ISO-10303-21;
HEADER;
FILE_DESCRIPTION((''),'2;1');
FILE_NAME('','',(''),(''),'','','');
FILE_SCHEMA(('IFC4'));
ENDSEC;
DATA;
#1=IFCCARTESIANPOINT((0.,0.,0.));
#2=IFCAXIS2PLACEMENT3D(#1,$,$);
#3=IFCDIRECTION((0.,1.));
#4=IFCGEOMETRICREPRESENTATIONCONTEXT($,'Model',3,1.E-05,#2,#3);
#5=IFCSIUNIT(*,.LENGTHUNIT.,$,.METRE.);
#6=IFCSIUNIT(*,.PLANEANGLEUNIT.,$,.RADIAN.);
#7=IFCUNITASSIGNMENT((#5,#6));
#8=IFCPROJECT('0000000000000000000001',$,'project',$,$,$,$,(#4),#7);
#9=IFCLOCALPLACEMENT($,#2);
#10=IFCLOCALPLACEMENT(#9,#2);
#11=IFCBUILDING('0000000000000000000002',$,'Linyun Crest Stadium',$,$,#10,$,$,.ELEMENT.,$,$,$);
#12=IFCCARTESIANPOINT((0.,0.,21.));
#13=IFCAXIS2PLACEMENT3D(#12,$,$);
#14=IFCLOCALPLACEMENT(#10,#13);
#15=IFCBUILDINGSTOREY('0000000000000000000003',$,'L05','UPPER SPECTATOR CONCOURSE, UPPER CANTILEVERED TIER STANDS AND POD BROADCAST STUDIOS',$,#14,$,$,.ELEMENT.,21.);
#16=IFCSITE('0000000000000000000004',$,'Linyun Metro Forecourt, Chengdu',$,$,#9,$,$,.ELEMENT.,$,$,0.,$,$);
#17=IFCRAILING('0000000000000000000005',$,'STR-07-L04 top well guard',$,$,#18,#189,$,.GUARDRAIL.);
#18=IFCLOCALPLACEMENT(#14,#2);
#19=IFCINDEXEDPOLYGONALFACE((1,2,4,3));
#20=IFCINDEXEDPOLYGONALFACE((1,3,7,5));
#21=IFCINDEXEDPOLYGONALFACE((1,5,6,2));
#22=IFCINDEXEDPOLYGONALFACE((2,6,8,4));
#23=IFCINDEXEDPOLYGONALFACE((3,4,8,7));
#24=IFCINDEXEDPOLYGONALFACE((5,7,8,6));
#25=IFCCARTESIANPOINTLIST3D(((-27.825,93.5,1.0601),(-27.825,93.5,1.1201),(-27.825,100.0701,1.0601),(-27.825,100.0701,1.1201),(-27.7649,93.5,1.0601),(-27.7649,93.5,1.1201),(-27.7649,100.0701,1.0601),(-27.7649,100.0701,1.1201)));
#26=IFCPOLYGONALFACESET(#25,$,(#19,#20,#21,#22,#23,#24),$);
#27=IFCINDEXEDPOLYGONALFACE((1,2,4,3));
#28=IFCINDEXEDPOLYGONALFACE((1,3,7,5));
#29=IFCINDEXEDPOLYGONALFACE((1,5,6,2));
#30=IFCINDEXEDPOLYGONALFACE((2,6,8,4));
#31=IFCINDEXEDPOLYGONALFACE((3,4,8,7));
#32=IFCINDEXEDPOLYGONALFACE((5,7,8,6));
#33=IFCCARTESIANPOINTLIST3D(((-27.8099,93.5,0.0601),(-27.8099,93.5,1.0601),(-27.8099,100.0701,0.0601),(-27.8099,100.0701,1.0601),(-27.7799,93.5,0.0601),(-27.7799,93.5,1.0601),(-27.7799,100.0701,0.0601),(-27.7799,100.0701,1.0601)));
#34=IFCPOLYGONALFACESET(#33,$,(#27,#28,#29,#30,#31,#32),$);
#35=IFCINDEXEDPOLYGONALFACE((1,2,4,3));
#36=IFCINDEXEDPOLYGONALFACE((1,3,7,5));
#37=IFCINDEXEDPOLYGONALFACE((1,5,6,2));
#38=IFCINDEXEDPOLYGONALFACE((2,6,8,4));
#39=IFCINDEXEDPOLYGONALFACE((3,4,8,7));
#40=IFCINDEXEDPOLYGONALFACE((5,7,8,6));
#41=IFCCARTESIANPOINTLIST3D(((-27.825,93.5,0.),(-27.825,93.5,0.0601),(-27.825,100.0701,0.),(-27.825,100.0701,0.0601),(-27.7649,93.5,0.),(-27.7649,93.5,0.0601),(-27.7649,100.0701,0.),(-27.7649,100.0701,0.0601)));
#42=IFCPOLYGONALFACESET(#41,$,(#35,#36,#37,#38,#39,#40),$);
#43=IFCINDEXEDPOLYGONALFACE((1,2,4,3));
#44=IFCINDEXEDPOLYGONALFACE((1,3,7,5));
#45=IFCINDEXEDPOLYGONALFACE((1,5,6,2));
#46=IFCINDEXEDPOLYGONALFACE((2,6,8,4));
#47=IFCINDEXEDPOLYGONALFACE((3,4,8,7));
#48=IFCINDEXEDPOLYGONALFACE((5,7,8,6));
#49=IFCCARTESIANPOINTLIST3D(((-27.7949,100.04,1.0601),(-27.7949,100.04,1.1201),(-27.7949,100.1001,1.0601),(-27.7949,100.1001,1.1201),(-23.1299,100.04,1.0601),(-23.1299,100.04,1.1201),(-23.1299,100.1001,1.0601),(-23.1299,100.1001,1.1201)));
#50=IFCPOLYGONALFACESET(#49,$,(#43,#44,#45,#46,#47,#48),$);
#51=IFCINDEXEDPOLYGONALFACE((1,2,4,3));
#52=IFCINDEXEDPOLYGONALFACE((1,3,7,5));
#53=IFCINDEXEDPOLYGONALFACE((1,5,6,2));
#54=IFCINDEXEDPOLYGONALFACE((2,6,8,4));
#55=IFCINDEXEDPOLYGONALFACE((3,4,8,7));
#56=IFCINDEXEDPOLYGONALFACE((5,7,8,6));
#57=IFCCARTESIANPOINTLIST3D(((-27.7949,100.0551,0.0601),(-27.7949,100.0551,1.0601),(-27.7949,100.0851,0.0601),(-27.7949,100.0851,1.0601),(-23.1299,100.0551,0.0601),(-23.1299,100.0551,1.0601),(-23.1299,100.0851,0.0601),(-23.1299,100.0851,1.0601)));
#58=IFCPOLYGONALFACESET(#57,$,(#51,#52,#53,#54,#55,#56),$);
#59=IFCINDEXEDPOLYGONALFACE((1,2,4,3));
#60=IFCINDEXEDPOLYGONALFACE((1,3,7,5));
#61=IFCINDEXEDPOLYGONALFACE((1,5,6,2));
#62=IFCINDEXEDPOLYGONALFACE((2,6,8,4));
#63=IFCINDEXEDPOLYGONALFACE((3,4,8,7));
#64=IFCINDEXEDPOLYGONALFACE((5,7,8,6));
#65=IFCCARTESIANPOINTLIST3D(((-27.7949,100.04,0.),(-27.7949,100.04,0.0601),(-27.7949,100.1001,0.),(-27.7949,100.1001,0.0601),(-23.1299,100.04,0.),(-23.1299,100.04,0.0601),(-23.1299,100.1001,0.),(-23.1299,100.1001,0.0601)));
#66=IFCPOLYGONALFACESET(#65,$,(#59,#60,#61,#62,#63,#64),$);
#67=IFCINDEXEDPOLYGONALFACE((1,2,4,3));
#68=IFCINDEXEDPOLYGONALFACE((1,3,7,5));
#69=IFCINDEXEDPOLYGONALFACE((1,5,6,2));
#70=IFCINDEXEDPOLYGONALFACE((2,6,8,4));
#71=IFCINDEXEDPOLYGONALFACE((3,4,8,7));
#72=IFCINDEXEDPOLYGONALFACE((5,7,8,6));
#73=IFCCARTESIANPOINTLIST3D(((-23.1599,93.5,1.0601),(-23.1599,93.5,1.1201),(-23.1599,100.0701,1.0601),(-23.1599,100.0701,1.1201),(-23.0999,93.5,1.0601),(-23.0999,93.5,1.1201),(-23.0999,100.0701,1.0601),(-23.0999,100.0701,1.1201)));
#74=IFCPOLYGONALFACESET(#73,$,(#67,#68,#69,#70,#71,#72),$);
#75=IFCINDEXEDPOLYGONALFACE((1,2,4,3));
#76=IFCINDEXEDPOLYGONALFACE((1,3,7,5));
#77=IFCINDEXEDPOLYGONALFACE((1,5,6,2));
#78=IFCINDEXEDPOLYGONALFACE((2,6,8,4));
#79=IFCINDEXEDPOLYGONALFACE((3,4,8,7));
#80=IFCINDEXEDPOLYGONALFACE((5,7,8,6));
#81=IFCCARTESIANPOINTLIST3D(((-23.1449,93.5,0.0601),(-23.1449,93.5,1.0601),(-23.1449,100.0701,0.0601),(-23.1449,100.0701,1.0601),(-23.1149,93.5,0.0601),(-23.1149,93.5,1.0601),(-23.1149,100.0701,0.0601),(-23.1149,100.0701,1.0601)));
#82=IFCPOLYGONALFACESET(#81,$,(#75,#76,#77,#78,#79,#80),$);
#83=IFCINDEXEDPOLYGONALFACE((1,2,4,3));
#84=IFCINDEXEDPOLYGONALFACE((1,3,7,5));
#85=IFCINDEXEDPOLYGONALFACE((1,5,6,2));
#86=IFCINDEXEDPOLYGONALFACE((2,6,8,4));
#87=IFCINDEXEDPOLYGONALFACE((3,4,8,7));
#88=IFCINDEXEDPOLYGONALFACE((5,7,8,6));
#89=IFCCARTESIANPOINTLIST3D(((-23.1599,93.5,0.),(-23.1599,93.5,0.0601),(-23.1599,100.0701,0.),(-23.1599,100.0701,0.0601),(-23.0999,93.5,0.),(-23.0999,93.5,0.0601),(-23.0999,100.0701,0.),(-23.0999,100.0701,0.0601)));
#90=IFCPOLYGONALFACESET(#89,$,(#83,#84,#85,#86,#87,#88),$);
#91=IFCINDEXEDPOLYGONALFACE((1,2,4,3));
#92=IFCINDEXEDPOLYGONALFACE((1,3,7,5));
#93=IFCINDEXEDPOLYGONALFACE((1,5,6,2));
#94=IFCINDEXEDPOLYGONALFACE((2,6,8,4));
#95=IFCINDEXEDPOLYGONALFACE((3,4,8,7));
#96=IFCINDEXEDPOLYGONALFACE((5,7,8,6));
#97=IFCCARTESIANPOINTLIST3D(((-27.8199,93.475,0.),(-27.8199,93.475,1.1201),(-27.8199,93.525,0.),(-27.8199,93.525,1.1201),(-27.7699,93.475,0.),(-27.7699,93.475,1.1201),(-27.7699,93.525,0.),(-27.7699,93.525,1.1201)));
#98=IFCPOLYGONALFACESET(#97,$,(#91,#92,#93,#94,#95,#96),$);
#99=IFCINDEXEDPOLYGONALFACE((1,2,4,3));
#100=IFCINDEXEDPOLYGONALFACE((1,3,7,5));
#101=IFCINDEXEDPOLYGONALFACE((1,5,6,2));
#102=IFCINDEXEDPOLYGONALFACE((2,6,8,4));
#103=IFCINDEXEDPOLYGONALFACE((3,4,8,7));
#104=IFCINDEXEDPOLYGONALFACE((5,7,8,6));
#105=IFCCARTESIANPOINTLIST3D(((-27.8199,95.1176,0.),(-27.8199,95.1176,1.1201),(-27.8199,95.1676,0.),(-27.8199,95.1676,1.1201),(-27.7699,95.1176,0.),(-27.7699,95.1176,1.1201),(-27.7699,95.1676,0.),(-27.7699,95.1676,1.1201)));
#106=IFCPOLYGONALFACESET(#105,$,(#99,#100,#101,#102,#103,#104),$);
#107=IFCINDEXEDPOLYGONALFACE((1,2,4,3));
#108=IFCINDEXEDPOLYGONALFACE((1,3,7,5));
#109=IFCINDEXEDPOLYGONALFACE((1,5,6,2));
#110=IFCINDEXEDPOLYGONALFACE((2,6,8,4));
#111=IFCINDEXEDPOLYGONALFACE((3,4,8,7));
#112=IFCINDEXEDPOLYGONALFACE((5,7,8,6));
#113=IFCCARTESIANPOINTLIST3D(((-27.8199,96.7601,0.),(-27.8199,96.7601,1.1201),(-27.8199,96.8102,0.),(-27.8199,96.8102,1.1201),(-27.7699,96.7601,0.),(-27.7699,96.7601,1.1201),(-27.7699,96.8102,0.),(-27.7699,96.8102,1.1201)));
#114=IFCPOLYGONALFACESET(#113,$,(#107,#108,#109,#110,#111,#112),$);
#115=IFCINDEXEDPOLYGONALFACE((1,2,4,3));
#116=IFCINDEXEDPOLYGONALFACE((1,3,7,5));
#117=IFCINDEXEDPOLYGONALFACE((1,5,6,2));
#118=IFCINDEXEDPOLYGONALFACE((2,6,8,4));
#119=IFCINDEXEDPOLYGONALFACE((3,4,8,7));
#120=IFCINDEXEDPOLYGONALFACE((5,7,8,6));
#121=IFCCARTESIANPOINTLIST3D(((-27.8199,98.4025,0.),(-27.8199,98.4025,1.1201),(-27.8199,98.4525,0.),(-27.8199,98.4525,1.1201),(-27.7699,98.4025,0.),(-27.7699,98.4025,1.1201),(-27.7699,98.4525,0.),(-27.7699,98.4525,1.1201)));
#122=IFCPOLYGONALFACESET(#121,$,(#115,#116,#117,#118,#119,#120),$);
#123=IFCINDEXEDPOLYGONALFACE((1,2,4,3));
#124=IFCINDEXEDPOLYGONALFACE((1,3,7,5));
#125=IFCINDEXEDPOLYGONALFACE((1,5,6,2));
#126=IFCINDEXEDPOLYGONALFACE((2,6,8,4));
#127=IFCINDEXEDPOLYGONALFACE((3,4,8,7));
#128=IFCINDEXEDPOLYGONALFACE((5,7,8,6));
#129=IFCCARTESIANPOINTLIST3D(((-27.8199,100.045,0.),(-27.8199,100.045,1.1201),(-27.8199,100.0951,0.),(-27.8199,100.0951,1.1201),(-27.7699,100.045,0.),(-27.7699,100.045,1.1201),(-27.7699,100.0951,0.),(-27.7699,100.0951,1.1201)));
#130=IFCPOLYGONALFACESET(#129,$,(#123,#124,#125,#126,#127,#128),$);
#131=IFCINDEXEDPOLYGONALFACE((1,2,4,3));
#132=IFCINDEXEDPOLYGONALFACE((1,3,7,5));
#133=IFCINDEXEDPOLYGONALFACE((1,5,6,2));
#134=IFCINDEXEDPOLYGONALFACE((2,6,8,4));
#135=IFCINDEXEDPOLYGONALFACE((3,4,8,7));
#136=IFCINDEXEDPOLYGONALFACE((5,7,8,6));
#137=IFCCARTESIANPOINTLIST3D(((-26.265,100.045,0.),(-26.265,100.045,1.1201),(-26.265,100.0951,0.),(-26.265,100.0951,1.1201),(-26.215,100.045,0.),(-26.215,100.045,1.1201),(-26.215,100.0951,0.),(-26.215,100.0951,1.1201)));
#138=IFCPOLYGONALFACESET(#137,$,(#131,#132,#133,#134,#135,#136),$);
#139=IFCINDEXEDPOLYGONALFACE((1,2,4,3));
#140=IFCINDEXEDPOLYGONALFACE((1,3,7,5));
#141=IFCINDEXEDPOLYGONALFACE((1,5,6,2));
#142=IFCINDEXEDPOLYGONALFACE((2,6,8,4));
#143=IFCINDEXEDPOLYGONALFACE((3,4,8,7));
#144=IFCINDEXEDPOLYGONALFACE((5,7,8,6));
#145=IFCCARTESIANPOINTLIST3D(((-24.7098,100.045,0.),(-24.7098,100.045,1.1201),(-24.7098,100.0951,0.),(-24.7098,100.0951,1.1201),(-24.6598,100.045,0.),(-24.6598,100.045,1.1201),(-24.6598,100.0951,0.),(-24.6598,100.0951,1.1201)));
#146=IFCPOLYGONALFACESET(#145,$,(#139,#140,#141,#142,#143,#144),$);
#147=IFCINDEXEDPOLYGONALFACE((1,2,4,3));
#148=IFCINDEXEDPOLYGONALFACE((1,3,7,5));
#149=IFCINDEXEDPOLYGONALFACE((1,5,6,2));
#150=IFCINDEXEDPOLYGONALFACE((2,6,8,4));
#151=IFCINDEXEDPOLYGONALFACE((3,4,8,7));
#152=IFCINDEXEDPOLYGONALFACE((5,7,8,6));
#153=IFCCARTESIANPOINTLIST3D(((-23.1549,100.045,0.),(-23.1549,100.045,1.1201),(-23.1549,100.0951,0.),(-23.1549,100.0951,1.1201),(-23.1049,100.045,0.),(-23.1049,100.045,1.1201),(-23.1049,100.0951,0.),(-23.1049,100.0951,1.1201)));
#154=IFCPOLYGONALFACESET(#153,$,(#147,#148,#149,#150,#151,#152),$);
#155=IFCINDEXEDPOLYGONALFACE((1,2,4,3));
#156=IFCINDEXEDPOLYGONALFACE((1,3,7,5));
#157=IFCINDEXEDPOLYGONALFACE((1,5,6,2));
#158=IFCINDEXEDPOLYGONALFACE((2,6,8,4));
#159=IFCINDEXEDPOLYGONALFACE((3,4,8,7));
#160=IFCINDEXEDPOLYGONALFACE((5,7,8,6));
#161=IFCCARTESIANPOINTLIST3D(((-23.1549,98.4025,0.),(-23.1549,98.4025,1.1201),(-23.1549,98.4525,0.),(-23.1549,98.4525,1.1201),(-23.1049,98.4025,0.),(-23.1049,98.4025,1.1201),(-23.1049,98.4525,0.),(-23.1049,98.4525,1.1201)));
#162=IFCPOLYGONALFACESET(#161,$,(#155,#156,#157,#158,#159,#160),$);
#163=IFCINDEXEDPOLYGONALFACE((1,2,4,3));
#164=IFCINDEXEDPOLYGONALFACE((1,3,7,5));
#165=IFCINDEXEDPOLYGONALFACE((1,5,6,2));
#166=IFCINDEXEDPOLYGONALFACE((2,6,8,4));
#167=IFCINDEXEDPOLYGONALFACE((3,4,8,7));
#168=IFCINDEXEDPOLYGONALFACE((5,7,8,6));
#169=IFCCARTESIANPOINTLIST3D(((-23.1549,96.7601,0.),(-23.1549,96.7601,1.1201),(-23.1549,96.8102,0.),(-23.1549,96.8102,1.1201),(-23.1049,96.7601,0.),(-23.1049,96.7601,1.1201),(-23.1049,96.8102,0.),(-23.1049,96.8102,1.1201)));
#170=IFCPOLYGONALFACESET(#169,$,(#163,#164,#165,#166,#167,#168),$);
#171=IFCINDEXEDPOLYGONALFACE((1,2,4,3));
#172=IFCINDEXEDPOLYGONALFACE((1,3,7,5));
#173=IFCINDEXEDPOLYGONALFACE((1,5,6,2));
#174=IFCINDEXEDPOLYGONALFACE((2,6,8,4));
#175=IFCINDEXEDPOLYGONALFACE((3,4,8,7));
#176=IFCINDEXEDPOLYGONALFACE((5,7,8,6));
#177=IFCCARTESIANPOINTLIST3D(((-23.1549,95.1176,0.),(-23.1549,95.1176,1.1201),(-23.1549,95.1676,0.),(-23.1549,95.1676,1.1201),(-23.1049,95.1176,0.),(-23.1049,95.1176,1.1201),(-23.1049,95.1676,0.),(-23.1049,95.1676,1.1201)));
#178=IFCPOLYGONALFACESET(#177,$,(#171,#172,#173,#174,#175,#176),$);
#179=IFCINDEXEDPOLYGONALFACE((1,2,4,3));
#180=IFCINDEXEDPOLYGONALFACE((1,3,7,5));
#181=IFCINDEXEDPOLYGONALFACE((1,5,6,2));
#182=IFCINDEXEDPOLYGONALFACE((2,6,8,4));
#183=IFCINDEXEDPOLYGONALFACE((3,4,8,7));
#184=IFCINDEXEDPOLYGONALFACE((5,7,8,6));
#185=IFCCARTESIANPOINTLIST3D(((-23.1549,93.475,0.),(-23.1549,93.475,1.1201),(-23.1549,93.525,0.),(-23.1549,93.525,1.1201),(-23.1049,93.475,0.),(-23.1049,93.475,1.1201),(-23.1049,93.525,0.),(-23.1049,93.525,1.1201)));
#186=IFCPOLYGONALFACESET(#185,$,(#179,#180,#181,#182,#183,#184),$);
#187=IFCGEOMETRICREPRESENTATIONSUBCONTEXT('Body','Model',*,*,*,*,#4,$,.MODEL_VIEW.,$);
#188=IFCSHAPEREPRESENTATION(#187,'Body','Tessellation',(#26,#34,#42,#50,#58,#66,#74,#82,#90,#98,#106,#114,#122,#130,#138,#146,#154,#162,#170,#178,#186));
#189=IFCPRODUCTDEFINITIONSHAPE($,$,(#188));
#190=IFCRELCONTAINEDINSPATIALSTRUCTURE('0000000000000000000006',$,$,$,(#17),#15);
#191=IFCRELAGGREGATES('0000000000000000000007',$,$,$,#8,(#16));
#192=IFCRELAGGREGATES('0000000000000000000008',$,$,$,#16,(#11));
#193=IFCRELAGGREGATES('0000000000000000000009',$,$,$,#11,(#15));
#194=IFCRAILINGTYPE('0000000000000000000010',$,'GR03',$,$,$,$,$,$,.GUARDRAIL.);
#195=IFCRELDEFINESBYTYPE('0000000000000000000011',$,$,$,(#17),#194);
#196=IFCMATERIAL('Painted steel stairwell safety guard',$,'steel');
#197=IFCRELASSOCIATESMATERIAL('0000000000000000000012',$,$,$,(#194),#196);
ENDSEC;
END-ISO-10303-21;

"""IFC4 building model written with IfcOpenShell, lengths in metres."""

from ifc_helpers import new_model, si_unit, direction, frame, origin, origin_2d, place, context, subcontext, project, spatial, rectangle, extrude, material, type_object, element, save


model = new_model("IFC4")

# Units and contexts
model_context = context("Model", 3, precision=1e-05, world=origin(), true_north=direction((0.0, 1.0)))
body_context = subcontext(model_context, "Body", "Model", "MODEL_VIEW")
ifc_project = project(units=[si_unit("LENGTHUNIT", "METRE"), si_unit("PLANEANGLEUNIT", "RADIAN")], contexts=[model_context])

# Site, building, storey
site_placement = place(None, origin())
site = spatial("IfcSite", under=ifc_project, at=site_placement, Name="Linyun Metro Forecourt, Chengdu", CompositionType="ELEMENT", RefElevation=0.0)
building_placement = place(site_placement, origin())
building = spatial("IfcBuilding", under=site, at=building_placement, Name="Linyun Crest Stadium", CompositionType="ELEMENT")
storey_placement = place(building_placement, frame((0.0, 0.0, 21.0)))
storey = spatial("IfcBuildingStorey", under=building, at=storey_placement, Name="L05", Description="UPPER SPECTATOR CONCOURSE, UPPER CANTILEVERED TIER STANDS AND POD BROADCAST STUDIOS", CompositionType="ELEMENT", Elevation=21.0)

# Railing
ifc_material_1 = material(Name="Painted steel stairwell safety guard", Category="steel")
railing_type_1 = type_object("IfcRailingType", Name="GR03", PredefinedType="GUARDRAIL", material=ifc_material_1)
railing_1_placement = place(storey_placement, frame((-27.7949, 93.5, 0.0)))
element("IfcRailing", 1, at=railing_1_placement, inside=storey, type_object=railing_type_1, Name="STR-07-L04 top well guard", PredefinedType="GUARDRAIL", context=body_context, shape_type="SweptSolid", body=[
    extrude(rectangle(XDim=0.0601, YDim=0.0601, at=origin_2d()), frame((0.0, 0.0, 1.0901), z_axis=(0.0, 1.0, 0.0), x_axis=(-1.0, 0.0, 0.0)), (0.0, 0.0, 1.0), 6.5701),
    extrude(rectangle(XDim=0.03, YDim=1.0, at=origin_2d()), frame((0.0, 0.0, 0.5601), z_axis=(0.0, 1.0, 0.0), x_axis=(-1.0, 0.0, 0.0)), (0.0, 0.0, 1.0), 6.5701),
    extrude(rectangle(XDim=0.0601, YDim=0.0601, at=origin_2d()), frame((0.0, 0.0, 0.03), z_axis=(0.0, 1.0, 0.0), x_axis=(-1.0, 0.0, 0.0)), (0.0, 0.0, 1.0), 6.5701),
    extrude(rectangle(XDim=0.0601, YDim=0.0601, at=origin_2d()), frame((0.0, 6.5701, 1.0901), z_axis=(1.0, 0.0, 0.0), x_axis=(0.0, 1.0, 0.0)), (0.0, 0.0, 1.0), 4.665),
    extrude(rectangle(XDim=0.03, YDim=1.0, at=origin_2d()), frame((0.0, 6.5701, 0.5601), z_axis=(1.0, 0.0, 0.0), x_axis=(0.0, 1.0, 0.0)), (0.0, 0.0, 1.0), 4.665),
    extrude(rectangle(XDim=0.0601, YDim=0.0601, at=origin_2d()), frame((0.0, 6.5701, 0.03), z_axis=(1.0, 0.0, 0.0), x_axis=(0.0, 1.0, 0.0)), (0.0, 0.0, 1.0), 4.665),
    extrude(rectangle(XDim=0.0601, YDim=0.0601, at=origin_2d()), frame((4.665, 6.5701, 1.0901), z_axis=(0.0, -1.0, 0.0), x_axis=(1.0, 0.0, 0.0)), (0.0, 0.0, 1.0), 6.5701),
    extrude(rectangle(XDim=0.03, YDim=1.0, at=origin_2d()), frame((4.665, 6.5701, 0.5601), z_axis=(0.0, -1.0, 0.0), x_axis=(1.0, 0.0, 0.0)), (0.0, 0.0, 1.0), 6.5701),
    extrude(rectangle(XDim=0.0601, YDim=0.0601, at=origin_2d()), frame((4.665, 6.5701, 0.03), z_axis=(0.0, -1.0, 0.0), x_axis=(1.0, 0.0, 0.0)), (0.0, 0.0, 1.0), 6.5701),
    extrude(rectangle(XDim=0.05, YDim=0.05, at=origin_2d()), origin(), (0.0, 0.0, 1.0), 1.1201),
    extrude(rectangle(XDim=0.05, YDim=0.05, at=origin_2d()), frame((0.0, 1.6426, 0.0)), (0.0, 0.0, 1.0), 1.1201),
    extrude(rectangle(XDim=0.05, YDim=0.05, at=origin_2d()), frame((0.0, 3.2852, 0.0)), (0.0, 0.0, 1.0), 1.1201),
    extrude(rectangle(XDim=0.05, YDim=0.05, at=origin_2d()), frame((0.0, 4.9275, 0.0)), (0.0, 0.0, 1.0), 1.1201),
    extrude(rectangle(XDim=0.05, YDim=0.05, at=origin_2d()), frame((0.0, 6.5701, 0.0)), (0.0, 0.0, 1.0), 1.1201),
    extrude(rectangle(XDim=0.05, YDim=0.05, at=origin_2d()), frame((1.5549, 6.5701, 0.0)), (0.0, 0.0, 1.0), 1.1201),
    extrude(rectangle(XDim=0.05, YDim=0.05, at=origin_2d()), frame((3.1101, 6.5701, 0.0)), (0.0, 0.0, 1.0), 1.1201),
    extrude(rectangle(XDim=0.05, YDim=0.05, at=origin_2d()), frame((4.665, 6.5701, 0.0)), (0.0, 0.0, 1.0), 1.1201),
    extrude(rectangle(XDim=0.05, YDim=0.05, at=origin_2d()), frame((4.665, 4.9275, 0.0)), (0.0, 0.0, 1.0), 1.1201),
    extrude(rectangle(XDim=0.05, YDim=0.05, at=origin_2d()), frame((4.665, 3.2852, 0.0)), (0.0, 0.0, 1.0), 1.1201),
    extrude(rectangle(XDim=0.05, YDim=0.05, at=origin_2d()), frame((4.665, 1.6426, 0.0)), (0.0, 0.0, 1.0), 1.1201),
    extrude(rectangle(XDim=0.05, YDim=0.05, at=origin_2d()), frame((4.665, 0.0, 0.0)), (0.0, 0.0, 1.0), 1.1201),
])

save(model, "model.ifc")
